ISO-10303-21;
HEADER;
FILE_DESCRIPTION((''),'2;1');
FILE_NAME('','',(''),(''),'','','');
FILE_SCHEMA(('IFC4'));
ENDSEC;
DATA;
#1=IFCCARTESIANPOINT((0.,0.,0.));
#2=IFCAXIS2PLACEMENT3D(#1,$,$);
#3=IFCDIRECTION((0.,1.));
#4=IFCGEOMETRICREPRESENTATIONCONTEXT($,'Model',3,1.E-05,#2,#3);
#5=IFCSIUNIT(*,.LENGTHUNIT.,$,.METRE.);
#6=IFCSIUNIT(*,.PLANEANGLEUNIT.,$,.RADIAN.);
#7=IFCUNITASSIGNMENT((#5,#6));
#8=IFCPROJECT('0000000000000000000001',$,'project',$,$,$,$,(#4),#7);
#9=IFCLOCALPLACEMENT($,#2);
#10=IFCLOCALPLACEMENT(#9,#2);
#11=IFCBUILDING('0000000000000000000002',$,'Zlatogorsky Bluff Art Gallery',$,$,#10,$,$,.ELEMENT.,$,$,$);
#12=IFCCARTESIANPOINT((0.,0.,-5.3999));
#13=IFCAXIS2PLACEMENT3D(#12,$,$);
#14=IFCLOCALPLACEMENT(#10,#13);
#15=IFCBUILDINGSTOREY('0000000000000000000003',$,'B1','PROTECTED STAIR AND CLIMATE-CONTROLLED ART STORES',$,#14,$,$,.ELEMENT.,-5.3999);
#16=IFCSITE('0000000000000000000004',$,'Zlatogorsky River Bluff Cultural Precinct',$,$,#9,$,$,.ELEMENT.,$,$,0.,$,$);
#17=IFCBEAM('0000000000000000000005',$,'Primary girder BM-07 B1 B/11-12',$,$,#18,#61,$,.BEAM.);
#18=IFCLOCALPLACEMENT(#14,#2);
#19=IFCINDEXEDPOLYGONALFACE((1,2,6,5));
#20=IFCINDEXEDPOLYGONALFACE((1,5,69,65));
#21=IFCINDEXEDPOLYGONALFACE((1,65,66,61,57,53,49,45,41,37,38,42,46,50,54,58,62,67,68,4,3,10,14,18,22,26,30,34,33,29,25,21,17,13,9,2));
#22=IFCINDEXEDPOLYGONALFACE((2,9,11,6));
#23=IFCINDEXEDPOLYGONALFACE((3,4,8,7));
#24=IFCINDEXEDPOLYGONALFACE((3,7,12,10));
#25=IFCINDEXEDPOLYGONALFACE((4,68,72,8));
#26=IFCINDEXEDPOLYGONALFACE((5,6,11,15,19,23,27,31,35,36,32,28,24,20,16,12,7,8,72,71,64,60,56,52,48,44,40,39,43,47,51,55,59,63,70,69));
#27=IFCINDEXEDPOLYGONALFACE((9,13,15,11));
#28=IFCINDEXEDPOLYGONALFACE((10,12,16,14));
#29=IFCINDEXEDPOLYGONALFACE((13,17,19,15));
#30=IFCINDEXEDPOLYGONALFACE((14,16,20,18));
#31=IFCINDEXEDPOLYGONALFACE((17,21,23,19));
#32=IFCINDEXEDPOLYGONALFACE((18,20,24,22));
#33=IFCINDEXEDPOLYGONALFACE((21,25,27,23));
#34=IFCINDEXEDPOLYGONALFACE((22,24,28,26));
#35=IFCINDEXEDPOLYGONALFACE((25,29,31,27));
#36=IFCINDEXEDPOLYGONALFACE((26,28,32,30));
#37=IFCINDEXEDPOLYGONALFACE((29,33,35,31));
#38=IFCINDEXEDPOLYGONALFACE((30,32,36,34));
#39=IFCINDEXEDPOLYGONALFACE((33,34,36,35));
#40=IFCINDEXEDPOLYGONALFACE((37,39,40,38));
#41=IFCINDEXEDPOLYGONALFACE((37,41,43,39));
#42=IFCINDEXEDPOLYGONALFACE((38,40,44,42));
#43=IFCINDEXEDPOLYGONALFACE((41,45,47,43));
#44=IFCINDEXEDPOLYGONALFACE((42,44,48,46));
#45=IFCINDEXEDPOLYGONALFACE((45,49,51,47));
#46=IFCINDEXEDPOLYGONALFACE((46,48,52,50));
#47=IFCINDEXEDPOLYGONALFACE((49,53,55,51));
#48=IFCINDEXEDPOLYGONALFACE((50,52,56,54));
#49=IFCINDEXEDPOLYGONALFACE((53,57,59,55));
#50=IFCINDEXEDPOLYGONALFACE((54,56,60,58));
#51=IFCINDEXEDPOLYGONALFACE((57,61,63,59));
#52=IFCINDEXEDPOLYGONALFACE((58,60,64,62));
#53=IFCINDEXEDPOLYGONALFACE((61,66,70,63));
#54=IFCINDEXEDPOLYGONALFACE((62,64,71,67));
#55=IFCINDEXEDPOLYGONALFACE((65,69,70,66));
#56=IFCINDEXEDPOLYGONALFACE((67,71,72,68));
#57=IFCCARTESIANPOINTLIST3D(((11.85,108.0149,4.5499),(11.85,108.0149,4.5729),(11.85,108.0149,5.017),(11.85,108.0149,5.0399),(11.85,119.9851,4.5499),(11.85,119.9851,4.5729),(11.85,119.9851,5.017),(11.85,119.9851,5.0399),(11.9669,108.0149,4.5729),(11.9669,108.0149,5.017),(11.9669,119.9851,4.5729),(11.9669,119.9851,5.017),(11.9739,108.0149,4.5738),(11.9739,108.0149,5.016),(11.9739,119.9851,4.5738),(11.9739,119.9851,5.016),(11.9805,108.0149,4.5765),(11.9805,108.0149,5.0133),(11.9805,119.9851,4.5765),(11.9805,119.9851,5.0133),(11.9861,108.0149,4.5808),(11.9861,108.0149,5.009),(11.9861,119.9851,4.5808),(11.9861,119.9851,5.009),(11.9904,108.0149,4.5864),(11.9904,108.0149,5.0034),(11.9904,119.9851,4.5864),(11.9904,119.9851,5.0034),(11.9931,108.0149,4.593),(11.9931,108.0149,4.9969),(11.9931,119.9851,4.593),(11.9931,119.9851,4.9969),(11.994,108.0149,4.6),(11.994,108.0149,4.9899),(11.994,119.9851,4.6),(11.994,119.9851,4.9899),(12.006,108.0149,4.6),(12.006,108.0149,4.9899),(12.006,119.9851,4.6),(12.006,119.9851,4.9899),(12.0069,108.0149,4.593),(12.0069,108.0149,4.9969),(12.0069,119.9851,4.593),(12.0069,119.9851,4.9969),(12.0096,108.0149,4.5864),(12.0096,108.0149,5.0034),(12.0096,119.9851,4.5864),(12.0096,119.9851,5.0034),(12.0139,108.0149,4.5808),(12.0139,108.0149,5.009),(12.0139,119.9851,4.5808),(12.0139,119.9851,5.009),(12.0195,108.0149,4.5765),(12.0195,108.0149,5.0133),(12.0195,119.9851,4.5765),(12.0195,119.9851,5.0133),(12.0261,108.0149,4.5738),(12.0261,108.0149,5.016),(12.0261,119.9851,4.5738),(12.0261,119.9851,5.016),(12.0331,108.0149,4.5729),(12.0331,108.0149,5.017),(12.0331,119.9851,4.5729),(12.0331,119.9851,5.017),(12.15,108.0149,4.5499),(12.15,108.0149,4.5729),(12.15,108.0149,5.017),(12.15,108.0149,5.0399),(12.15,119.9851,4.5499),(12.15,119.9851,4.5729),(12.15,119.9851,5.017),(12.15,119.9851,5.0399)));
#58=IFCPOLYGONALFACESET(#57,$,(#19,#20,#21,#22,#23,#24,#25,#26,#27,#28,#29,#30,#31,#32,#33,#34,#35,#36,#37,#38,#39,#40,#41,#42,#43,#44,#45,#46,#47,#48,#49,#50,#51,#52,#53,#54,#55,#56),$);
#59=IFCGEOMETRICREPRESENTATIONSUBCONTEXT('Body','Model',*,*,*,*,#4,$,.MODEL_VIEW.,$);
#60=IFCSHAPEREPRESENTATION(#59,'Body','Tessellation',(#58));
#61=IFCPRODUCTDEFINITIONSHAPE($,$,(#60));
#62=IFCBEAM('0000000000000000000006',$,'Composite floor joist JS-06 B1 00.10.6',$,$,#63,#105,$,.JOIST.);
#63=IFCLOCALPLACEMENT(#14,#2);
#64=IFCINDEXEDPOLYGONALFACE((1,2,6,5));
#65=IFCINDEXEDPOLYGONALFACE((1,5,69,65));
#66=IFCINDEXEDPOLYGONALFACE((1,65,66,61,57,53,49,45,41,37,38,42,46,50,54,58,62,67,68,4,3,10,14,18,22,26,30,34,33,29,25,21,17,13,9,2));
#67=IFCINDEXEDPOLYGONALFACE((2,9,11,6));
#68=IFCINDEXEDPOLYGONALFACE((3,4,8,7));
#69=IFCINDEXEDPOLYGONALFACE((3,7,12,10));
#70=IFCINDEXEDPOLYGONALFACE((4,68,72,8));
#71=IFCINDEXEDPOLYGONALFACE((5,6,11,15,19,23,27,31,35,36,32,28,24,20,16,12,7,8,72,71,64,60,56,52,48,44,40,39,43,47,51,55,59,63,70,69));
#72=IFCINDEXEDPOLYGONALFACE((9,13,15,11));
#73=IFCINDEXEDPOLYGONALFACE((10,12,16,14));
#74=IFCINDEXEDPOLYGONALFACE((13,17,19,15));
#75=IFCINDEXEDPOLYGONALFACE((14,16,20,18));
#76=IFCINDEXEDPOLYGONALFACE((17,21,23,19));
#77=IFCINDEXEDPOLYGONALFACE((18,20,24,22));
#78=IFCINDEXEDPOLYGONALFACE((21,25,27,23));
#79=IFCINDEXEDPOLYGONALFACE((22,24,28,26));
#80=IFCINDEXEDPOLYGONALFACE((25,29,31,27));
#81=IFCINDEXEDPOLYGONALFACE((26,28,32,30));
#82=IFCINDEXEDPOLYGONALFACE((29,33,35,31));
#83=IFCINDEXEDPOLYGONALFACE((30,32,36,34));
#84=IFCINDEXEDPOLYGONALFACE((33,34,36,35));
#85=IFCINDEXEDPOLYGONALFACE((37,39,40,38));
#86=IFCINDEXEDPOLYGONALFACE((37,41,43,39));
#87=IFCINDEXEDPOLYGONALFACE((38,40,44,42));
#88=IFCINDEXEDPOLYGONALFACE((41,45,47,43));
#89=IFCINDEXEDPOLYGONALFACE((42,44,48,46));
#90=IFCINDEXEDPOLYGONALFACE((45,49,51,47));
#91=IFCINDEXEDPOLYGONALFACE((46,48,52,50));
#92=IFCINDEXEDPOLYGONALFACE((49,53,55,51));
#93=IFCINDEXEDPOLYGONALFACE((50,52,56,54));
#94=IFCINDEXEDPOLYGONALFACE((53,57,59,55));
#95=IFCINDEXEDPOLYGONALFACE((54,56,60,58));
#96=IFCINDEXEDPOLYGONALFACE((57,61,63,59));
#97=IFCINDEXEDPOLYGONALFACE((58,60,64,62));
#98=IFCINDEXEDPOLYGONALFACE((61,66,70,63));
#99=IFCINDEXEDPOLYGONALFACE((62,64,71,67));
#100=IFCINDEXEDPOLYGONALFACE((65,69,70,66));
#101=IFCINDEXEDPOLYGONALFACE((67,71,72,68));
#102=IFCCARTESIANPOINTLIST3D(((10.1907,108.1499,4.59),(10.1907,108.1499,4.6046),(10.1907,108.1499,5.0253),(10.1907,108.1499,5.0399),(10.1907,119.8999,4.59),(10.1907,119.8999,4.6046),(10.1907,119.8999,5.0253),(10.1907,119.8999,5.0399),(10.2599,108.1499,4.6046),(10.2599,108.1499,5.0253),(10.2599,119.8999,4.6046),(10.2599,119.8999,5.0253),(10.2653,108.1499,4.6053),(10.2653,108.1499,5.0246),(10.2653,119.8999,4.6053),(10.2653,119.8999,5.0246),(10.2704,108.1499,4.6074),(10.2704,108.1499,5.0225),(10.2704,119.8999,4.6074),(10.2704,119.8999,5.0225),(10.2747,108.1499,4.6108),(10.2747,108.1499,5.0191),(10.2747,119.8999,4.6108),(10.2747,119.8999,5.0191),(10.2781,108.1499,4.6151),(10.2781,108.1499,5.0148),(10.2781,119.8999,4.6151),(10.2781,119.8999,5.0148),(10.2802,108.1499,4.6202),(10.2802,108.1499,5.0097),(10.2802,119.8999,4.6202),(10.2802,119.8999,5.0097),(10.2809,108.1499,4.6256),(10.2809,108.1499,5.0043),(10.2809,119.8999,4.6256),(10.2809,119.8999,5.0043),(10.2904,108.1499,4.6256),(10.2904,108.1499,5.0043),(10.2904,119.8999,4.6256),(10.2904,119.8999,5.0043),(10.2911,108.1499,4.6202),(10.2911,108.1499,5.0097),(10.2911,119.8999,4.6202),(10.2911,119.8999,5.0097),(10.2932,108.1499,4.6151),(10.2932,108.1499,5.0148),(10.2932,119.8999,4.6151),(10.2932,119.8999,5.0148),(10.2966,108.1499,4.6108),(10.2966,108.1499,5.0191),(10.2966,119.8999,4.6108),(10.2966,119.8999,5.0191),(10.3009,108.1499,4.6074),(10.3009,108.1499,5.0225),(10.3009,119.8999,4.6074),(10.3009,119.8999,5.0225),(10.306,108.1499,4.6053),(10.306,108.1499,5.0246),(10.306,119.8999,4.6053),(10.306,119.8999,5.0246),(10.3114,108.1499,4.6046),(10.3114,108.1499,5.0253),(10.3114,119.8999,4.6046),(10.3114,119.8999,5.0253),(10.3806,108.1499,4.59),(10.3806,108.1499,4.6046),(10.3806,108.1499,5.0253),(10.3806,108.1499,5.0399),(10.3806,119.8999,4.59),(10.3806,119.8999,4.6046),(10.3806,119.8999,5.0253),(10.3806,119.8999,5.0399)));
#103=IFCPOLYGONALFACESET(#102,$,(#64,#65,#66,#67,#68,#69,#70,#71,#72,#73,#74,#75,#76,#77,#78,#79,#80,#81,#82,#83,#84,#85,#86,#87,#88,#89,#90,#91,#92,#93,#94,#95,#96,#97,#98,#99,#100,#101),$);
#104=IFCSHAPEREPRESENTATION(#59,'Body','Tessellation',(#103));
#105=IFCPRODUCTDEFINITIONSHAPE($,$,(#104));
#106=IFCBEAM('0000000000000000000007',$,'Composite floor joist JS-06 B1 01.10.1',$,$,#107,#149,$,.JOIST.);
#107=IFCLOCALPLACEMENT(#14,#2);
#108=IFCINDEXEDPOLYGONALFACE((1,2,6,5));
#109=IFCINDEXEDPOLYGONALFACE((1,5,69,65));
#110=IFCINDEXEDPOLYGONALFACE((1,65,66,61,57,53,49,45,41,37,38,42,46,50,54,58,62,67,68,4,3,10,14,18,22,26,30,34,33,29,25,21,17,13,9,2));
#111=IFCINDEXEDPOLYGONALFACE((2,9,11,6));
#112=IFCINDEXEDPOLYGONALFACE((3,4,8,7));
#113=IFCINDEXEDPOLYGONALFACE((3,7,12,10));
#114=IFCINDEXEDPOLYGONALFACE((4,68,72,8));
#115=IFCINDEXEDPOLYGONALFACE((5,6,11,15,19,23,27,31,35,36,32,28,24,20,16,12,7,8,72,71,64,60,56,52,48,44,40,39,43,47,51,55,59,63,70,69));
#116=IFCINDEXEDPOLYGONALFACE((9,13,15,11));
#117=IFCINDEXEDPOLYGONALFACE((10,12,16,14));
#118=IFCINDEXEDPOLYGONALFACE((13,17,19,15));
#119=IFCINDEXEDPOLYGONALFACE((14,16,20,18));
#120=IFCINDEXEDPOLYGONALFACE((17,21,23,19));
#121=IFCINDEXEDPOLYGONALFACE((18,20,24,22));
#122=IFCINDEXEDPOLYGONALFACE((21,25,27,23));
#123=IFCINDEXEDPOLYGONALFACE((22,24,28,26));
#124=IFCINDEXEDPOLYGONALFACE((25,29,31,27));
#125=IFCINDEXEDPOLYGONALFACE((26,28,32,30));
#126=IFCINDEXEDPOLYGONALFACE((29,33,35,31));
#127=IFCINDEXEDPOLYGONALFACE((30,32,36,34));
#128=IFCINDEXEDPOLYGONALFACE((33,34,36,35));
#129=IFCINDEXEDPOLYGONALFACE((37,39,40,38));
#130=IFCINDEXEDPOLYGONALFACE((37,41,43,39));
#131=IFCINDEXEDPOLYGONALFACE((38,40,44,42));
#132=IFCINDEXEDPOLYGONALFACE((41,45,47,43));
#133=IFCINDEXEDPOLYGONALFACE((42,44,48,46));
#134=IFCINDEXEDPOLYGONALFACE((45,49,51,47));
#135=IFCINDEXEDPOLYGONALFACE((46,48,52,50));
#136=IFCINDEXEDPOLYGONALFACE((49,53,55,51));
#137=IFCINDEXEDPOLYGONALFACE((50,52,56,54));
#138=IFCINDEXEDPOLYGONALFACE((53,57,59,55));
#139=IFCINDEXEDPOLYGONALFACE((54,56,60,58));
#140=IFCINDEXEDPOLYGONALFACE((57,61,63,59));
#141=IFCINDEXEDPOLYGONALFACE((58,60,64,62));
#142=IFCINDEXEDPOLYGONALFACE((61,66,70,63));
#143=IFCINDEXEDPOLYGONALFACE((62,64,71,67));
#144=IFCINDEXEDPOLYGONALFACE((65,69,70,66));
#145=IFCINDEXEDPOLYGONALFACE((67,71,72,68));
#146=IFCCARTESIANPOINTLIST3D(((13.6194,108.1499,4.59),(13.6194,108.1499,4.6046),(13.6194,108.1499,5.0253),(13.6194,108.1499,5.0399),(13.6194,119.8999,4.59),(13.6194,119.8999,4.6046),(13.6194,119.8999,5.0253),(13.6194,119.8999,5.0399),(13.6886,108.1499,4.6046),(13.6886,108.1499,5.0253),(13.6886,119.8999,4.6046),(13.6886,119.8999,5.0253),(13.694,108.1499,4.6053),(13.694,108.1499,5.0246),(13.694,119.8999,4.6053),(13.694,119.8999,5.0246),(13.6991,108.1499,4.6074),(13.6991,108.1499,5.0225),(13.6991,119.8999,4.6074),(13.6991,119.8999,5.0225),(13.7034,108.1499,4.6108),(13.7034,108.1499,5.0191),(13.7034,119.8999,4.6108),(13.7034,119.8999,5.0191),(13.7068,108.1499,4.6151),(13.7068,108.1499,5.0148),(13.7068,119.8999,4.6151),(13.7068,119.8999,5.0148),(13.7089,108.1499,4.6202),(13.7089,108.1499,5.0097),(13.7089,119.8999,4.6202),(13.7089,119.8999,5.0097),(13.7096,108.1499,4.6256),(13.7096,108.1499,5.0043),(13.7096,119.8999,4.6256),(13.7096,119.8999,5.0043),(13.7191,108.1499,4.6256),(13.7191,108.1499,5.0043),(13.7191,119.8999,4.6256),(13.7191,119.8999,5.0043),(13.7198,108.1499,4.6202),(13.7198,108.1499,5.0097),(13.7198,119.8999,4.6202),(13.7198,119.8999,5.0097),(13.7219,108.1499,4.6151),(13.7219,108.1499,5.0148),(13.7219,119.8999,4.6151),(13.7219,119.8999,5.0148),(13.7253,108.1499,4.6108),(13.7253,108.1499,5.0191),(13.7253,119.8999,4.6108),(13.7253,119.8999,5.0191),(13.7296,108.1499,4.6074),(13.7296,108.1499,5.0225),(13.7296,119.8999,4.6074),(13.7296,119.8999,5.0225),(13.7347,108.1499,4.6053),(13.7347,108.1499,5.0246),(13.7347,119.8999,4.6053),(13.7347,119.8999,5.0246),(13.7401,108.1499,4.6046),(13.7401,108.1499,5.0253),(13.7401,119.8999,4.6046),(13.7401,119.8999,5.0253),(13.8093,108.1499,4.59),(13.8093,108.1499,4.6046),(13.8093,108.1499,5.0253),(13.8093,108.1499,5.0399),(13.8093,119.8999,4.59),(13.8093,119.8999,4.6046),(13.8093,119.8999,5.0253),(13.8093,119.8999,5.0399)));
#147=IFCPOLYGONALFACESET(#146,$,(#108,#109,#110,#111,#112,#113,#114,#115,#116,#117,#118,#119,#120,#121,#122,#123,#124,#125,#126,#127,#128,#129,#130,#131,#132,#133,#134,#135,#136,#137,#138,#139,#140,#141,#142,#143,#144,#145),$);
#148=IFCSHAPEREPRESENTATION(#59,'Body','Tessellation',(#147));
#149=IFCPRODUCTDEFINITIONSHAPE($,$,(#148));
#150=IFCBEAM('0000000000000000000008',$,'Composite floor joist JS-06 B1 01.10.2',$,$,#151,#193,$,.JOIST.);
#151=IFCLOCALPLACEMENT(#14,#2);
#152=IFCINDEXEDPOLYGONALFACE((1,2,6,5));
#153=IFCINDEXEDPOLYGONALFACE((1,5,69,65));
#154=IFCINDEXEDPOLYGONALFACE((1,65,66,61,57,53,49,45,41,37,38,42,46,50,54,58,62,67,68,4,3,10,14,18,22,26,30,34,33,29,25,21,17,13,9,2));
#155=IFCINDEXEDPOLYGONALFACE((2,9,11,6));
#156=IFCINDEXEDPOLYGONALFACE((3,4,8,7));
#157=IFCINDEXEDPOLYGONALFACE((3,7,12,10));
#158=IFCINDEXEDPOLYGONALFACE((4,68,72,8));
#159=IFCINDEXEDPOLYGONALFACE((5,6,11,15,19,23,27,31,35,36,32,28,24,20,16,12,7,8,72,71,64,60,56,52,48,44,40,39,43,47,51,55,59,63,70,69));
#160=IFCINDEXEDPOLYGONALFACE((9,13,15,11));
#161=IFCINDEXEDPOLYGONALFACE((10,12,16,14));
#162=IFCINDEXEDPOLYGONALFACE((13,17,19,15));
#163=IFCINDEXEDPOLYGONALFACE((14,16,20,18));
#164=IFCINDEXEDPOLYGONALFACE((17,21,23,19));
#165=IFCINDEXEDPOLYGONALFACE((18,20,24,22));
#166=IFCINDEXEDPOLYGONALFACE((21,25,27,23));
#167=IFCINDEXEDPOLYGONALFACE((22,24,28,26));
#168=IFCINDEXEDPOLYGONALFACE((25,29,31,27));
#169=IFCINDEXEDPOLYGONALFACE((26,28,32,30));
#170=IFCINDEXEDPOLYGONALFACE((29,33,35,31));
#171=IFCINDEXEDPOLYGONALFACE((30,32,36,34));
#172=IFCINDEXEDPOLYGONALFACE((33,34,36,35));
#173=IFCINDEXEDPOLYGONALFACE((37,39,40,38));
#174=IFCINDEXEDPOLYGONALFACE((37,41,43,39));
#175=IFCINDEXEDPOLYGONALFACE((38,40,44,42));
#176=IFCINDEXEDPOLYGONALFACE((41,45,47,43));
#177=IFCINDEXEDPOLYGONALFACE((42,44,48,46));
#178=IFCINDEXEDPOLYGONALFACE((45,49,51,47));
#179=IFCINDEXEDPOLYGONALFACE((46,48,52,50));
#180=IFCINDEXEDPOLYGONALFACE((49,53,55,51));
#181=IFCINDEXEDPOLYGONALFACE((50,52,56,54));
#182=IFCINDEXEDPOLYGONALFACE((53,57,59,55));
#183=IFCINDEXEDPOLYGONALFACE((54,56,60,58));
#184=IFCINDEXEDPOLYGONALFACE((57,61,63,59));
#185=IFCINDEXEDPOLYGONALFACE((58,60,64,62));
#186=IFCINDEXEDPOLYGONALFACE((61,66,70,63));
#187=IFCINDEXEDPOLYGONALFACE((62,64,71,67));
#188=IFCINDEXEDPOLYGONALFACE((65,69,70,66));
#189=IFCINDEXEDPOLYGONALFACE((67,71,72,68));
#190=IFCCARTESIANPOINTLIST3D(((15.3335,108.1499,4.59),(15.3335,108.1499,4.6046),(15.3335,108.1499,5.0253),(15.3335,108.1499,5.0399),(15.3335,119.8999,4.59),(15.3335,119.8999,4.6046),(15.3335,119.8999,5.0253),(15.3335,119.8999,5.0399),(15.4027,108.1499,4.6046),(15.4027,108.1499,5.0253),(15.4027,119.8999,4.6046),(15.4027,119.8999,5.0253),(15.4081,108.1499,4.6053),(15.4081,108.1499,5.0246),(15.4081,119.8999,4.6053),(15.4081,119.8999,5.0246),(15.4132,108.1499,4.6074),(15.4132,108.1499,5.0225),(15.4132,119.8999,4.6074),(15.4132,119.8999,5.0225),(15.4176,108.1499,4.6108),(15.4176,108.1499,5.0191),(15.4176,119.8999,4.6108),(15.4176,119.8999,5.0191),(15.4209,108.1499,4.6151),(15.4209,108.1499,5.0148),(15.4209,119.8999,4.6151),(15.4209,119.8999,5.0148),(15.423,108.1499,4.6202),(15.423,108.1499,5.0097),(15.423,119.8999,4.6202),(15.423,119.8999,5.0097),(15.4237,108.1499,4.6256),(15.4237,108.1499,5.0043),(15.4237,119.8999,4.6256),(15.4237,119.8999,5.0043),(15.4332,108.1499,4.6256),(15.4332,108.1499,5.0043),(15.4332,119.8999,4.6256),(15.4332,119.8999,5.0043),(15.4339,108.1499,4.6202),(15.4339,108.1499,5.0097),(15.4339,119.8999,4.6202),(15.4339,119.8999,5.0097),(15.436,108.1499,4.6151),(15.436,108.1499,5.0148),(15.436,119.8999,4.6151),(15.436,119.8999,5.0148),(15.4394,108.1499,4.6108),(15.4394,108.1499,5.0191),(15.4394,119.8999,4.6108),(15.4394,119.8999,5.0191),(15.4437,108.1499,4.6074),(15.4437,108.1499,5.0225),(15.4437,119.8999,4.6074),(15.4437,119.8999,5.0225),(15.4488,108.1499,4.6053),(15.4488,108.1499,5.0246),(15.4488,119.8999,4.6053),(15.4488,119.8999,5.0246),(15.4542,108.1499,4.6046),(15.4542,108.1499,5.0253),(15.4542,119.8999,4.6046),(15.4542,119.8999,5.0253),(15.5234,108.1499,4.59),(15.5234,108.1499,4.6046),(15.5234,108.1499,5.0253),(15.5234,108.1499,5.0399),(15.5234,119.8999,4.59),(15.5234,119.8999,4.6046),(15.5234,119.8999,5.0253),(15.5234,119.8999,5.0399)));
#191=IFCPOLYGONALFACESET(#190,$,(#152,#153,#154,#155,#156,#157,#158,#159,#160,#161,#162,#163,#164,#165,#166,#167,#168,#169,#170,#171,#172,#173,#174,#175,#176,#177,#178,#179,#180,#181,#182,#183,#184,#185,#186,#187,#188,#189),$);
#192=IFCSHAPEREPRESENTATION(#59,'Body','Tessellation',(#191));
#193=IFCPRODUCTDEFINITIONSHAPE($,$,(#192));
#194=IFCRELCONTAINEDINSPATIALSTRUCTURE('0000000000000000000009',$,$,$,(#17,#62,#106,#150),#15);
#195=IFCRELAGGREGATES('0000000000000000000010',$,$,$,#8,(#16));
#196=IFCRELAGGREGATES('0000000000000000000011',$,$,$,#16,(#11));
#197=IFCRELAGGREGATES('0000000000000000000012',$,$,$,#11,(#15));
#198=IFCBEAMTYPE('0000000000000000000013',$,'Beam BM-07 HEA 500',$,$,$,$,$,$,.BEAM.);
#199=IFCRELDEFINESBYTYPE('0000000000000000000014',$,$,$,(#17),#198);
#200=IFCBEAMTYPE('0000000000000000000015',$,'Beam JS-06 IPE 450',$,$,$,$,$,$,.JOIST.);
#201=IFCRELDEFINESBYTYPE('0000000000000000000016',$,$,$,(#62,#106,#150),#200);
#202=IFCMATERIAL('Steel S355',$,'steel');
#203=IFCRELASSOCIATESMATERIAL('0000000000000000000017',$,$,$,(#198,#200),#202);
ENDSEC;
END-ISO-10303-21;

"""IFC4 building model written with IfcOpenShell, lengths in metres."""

from ifc_helpers import new_model, si_unit, direction, frame, origin, origin_2d, place, context, subcontext, project, spatial, i_section, extrude, material, material_profile, profile_set, type_object, element, save


model = new_model("IFC4")

# Units and contexts
model_context = context("Model", 3, precision=1e-05, world=origin(), true_north=direction((0.0, 1.0)))
body_context = subcontext(model_context, "Body", "Model", "MODEL_VIEW")
ifc_project = project(units=[si_unit("LENGTHUNIT", "METRE"), si_unit("PLANEANGLEUNIT", "RADIAN")], contexts=[model_context])

# Site, building, storey
site_placement = place(None, origin())
site = spatial("IfcSite", under=ifc_project, at=site_placement, Name="Zlatogorsky River Bluff Cultural Precinct", CompositionType="ELEMENT", RefElevation=0.0)
building_placement = place(site_placement, origin())
building = spatial("IfcBuilding", under=site, at=building_placement, Name="Zlatogorsky Bluff Art Gallery", CompositionType="ELEMENT")
storey_placement = place(building_placement, frame((0.0, 0.0, -5.3999)))
storey = spatial("IfcBuildingStorey", under=building, at=storey_placement, Name="B1", Description="PROTECTED STAIR AND CLIMATE-CONTROLLED ART STORES", CompositionType="ELEMENT", Elevation=-5.3999)

# Shared definitions
ifc_material_1 = material(Name="Steel S355", Category="steel")

# Beams
ifc_material_profile_1 = material_profile(ifc_material_1, i_section(OverallWidth=0.3, OverallDepth=0.49, WebThickness=0.012, FlangeThickness=0.0229, FilletRadius=0.0271, at=origin_2d()), Name="HEA 500")
ifc_profile_set_1 = profile_set([ifc_material_profile_1], Name="Steel S355")
beam_type_1 = type_object("IfcBeamType", Name="Beam BM-07 HEA 500", PredefinedType="BEAM", material=ifc_profile_set_1)
beam_1_placement = place(storey_placement, frame((12.0, 108.0149, 4.7949), z_axis=(0.0, 1.0, 0.0), x_axis=(-1.0, 0.0, 0.0)))
element("IfcBeam", 1, at=beam_1_placement, inside=storey, type_object=beam_type_1, Name="Primary girder BM-07 B1 B/11-12", PredefinedType="BEAM", context=body_context, shape_type="SweptSolid", body=[
    extrude(i_section(OverallWidth=0.3, OverallDepth=0.49, WebThickness=0.012, FlangeThickness=0.0229, FilletRadius=0.0271, at=origin_2d()), origin(), (0.0, 0.0, 1.0), 11.9702),
])
ifc_material_profile_2 = material_profile(ifc_material_1, i_section(OverallWidth=0.1899, OverallDepth=0.45, WebThickness=0.0095, FlangeThickness=0.0146, FilletRadius=0.021, at=origin_2d()), Name="IPE 450")
ifc_profile_set_2 = profile_set([ifc_material_profile_2], Name="Steel S355")
beam_type_2 = type_object("IfcBeamType", Name="Beam JS-06 IPE 450", PredefinedType="JOIST", material=ifc_profile_set_2)
for number, where, z_axis, x_axis, name in (
    (2, (10.2856, 108.1499, 4.8149), (0.0, 1.0, 0.0), (-1.0, 0.0, 0.0), "Composite floor joist JS-06 B1 00.10.6"),
    (3, (13.7144, 108.1499, 4.8149), (0.0, 1.0, 0.0), (-1.0, 0.0, 0.0), "Composite floor joist JS-06 B1 01.10.1"),
    (4, (15.4285, 108.1499, 4.8149), (0.0, 1.0, 0.0), (-1.0, 0.0, 0.0), "Composite floor joist JS-06 B1 01.10.2"),
):
    element("IfcBeam", number, at=place(storey_placement, frame(where, z_axis=z_axis, x_axis=x_axis)), inside=storey, type_object=beam_type_2, Name=name, PredefinedType="JOIST", context=body_context, shape_type="SweptSolid", body=[
        extrude(i_section(OverallWidth=0.1899, OverallDepth=0.45, WebThickness=0.0095, FlangeThickness=0.0146, FilletRadius=0.021, at=origin_2d()), origin(), (0.0, 0.0, 1.0), 11.75),
    ])

save(model, "model.ifc")
